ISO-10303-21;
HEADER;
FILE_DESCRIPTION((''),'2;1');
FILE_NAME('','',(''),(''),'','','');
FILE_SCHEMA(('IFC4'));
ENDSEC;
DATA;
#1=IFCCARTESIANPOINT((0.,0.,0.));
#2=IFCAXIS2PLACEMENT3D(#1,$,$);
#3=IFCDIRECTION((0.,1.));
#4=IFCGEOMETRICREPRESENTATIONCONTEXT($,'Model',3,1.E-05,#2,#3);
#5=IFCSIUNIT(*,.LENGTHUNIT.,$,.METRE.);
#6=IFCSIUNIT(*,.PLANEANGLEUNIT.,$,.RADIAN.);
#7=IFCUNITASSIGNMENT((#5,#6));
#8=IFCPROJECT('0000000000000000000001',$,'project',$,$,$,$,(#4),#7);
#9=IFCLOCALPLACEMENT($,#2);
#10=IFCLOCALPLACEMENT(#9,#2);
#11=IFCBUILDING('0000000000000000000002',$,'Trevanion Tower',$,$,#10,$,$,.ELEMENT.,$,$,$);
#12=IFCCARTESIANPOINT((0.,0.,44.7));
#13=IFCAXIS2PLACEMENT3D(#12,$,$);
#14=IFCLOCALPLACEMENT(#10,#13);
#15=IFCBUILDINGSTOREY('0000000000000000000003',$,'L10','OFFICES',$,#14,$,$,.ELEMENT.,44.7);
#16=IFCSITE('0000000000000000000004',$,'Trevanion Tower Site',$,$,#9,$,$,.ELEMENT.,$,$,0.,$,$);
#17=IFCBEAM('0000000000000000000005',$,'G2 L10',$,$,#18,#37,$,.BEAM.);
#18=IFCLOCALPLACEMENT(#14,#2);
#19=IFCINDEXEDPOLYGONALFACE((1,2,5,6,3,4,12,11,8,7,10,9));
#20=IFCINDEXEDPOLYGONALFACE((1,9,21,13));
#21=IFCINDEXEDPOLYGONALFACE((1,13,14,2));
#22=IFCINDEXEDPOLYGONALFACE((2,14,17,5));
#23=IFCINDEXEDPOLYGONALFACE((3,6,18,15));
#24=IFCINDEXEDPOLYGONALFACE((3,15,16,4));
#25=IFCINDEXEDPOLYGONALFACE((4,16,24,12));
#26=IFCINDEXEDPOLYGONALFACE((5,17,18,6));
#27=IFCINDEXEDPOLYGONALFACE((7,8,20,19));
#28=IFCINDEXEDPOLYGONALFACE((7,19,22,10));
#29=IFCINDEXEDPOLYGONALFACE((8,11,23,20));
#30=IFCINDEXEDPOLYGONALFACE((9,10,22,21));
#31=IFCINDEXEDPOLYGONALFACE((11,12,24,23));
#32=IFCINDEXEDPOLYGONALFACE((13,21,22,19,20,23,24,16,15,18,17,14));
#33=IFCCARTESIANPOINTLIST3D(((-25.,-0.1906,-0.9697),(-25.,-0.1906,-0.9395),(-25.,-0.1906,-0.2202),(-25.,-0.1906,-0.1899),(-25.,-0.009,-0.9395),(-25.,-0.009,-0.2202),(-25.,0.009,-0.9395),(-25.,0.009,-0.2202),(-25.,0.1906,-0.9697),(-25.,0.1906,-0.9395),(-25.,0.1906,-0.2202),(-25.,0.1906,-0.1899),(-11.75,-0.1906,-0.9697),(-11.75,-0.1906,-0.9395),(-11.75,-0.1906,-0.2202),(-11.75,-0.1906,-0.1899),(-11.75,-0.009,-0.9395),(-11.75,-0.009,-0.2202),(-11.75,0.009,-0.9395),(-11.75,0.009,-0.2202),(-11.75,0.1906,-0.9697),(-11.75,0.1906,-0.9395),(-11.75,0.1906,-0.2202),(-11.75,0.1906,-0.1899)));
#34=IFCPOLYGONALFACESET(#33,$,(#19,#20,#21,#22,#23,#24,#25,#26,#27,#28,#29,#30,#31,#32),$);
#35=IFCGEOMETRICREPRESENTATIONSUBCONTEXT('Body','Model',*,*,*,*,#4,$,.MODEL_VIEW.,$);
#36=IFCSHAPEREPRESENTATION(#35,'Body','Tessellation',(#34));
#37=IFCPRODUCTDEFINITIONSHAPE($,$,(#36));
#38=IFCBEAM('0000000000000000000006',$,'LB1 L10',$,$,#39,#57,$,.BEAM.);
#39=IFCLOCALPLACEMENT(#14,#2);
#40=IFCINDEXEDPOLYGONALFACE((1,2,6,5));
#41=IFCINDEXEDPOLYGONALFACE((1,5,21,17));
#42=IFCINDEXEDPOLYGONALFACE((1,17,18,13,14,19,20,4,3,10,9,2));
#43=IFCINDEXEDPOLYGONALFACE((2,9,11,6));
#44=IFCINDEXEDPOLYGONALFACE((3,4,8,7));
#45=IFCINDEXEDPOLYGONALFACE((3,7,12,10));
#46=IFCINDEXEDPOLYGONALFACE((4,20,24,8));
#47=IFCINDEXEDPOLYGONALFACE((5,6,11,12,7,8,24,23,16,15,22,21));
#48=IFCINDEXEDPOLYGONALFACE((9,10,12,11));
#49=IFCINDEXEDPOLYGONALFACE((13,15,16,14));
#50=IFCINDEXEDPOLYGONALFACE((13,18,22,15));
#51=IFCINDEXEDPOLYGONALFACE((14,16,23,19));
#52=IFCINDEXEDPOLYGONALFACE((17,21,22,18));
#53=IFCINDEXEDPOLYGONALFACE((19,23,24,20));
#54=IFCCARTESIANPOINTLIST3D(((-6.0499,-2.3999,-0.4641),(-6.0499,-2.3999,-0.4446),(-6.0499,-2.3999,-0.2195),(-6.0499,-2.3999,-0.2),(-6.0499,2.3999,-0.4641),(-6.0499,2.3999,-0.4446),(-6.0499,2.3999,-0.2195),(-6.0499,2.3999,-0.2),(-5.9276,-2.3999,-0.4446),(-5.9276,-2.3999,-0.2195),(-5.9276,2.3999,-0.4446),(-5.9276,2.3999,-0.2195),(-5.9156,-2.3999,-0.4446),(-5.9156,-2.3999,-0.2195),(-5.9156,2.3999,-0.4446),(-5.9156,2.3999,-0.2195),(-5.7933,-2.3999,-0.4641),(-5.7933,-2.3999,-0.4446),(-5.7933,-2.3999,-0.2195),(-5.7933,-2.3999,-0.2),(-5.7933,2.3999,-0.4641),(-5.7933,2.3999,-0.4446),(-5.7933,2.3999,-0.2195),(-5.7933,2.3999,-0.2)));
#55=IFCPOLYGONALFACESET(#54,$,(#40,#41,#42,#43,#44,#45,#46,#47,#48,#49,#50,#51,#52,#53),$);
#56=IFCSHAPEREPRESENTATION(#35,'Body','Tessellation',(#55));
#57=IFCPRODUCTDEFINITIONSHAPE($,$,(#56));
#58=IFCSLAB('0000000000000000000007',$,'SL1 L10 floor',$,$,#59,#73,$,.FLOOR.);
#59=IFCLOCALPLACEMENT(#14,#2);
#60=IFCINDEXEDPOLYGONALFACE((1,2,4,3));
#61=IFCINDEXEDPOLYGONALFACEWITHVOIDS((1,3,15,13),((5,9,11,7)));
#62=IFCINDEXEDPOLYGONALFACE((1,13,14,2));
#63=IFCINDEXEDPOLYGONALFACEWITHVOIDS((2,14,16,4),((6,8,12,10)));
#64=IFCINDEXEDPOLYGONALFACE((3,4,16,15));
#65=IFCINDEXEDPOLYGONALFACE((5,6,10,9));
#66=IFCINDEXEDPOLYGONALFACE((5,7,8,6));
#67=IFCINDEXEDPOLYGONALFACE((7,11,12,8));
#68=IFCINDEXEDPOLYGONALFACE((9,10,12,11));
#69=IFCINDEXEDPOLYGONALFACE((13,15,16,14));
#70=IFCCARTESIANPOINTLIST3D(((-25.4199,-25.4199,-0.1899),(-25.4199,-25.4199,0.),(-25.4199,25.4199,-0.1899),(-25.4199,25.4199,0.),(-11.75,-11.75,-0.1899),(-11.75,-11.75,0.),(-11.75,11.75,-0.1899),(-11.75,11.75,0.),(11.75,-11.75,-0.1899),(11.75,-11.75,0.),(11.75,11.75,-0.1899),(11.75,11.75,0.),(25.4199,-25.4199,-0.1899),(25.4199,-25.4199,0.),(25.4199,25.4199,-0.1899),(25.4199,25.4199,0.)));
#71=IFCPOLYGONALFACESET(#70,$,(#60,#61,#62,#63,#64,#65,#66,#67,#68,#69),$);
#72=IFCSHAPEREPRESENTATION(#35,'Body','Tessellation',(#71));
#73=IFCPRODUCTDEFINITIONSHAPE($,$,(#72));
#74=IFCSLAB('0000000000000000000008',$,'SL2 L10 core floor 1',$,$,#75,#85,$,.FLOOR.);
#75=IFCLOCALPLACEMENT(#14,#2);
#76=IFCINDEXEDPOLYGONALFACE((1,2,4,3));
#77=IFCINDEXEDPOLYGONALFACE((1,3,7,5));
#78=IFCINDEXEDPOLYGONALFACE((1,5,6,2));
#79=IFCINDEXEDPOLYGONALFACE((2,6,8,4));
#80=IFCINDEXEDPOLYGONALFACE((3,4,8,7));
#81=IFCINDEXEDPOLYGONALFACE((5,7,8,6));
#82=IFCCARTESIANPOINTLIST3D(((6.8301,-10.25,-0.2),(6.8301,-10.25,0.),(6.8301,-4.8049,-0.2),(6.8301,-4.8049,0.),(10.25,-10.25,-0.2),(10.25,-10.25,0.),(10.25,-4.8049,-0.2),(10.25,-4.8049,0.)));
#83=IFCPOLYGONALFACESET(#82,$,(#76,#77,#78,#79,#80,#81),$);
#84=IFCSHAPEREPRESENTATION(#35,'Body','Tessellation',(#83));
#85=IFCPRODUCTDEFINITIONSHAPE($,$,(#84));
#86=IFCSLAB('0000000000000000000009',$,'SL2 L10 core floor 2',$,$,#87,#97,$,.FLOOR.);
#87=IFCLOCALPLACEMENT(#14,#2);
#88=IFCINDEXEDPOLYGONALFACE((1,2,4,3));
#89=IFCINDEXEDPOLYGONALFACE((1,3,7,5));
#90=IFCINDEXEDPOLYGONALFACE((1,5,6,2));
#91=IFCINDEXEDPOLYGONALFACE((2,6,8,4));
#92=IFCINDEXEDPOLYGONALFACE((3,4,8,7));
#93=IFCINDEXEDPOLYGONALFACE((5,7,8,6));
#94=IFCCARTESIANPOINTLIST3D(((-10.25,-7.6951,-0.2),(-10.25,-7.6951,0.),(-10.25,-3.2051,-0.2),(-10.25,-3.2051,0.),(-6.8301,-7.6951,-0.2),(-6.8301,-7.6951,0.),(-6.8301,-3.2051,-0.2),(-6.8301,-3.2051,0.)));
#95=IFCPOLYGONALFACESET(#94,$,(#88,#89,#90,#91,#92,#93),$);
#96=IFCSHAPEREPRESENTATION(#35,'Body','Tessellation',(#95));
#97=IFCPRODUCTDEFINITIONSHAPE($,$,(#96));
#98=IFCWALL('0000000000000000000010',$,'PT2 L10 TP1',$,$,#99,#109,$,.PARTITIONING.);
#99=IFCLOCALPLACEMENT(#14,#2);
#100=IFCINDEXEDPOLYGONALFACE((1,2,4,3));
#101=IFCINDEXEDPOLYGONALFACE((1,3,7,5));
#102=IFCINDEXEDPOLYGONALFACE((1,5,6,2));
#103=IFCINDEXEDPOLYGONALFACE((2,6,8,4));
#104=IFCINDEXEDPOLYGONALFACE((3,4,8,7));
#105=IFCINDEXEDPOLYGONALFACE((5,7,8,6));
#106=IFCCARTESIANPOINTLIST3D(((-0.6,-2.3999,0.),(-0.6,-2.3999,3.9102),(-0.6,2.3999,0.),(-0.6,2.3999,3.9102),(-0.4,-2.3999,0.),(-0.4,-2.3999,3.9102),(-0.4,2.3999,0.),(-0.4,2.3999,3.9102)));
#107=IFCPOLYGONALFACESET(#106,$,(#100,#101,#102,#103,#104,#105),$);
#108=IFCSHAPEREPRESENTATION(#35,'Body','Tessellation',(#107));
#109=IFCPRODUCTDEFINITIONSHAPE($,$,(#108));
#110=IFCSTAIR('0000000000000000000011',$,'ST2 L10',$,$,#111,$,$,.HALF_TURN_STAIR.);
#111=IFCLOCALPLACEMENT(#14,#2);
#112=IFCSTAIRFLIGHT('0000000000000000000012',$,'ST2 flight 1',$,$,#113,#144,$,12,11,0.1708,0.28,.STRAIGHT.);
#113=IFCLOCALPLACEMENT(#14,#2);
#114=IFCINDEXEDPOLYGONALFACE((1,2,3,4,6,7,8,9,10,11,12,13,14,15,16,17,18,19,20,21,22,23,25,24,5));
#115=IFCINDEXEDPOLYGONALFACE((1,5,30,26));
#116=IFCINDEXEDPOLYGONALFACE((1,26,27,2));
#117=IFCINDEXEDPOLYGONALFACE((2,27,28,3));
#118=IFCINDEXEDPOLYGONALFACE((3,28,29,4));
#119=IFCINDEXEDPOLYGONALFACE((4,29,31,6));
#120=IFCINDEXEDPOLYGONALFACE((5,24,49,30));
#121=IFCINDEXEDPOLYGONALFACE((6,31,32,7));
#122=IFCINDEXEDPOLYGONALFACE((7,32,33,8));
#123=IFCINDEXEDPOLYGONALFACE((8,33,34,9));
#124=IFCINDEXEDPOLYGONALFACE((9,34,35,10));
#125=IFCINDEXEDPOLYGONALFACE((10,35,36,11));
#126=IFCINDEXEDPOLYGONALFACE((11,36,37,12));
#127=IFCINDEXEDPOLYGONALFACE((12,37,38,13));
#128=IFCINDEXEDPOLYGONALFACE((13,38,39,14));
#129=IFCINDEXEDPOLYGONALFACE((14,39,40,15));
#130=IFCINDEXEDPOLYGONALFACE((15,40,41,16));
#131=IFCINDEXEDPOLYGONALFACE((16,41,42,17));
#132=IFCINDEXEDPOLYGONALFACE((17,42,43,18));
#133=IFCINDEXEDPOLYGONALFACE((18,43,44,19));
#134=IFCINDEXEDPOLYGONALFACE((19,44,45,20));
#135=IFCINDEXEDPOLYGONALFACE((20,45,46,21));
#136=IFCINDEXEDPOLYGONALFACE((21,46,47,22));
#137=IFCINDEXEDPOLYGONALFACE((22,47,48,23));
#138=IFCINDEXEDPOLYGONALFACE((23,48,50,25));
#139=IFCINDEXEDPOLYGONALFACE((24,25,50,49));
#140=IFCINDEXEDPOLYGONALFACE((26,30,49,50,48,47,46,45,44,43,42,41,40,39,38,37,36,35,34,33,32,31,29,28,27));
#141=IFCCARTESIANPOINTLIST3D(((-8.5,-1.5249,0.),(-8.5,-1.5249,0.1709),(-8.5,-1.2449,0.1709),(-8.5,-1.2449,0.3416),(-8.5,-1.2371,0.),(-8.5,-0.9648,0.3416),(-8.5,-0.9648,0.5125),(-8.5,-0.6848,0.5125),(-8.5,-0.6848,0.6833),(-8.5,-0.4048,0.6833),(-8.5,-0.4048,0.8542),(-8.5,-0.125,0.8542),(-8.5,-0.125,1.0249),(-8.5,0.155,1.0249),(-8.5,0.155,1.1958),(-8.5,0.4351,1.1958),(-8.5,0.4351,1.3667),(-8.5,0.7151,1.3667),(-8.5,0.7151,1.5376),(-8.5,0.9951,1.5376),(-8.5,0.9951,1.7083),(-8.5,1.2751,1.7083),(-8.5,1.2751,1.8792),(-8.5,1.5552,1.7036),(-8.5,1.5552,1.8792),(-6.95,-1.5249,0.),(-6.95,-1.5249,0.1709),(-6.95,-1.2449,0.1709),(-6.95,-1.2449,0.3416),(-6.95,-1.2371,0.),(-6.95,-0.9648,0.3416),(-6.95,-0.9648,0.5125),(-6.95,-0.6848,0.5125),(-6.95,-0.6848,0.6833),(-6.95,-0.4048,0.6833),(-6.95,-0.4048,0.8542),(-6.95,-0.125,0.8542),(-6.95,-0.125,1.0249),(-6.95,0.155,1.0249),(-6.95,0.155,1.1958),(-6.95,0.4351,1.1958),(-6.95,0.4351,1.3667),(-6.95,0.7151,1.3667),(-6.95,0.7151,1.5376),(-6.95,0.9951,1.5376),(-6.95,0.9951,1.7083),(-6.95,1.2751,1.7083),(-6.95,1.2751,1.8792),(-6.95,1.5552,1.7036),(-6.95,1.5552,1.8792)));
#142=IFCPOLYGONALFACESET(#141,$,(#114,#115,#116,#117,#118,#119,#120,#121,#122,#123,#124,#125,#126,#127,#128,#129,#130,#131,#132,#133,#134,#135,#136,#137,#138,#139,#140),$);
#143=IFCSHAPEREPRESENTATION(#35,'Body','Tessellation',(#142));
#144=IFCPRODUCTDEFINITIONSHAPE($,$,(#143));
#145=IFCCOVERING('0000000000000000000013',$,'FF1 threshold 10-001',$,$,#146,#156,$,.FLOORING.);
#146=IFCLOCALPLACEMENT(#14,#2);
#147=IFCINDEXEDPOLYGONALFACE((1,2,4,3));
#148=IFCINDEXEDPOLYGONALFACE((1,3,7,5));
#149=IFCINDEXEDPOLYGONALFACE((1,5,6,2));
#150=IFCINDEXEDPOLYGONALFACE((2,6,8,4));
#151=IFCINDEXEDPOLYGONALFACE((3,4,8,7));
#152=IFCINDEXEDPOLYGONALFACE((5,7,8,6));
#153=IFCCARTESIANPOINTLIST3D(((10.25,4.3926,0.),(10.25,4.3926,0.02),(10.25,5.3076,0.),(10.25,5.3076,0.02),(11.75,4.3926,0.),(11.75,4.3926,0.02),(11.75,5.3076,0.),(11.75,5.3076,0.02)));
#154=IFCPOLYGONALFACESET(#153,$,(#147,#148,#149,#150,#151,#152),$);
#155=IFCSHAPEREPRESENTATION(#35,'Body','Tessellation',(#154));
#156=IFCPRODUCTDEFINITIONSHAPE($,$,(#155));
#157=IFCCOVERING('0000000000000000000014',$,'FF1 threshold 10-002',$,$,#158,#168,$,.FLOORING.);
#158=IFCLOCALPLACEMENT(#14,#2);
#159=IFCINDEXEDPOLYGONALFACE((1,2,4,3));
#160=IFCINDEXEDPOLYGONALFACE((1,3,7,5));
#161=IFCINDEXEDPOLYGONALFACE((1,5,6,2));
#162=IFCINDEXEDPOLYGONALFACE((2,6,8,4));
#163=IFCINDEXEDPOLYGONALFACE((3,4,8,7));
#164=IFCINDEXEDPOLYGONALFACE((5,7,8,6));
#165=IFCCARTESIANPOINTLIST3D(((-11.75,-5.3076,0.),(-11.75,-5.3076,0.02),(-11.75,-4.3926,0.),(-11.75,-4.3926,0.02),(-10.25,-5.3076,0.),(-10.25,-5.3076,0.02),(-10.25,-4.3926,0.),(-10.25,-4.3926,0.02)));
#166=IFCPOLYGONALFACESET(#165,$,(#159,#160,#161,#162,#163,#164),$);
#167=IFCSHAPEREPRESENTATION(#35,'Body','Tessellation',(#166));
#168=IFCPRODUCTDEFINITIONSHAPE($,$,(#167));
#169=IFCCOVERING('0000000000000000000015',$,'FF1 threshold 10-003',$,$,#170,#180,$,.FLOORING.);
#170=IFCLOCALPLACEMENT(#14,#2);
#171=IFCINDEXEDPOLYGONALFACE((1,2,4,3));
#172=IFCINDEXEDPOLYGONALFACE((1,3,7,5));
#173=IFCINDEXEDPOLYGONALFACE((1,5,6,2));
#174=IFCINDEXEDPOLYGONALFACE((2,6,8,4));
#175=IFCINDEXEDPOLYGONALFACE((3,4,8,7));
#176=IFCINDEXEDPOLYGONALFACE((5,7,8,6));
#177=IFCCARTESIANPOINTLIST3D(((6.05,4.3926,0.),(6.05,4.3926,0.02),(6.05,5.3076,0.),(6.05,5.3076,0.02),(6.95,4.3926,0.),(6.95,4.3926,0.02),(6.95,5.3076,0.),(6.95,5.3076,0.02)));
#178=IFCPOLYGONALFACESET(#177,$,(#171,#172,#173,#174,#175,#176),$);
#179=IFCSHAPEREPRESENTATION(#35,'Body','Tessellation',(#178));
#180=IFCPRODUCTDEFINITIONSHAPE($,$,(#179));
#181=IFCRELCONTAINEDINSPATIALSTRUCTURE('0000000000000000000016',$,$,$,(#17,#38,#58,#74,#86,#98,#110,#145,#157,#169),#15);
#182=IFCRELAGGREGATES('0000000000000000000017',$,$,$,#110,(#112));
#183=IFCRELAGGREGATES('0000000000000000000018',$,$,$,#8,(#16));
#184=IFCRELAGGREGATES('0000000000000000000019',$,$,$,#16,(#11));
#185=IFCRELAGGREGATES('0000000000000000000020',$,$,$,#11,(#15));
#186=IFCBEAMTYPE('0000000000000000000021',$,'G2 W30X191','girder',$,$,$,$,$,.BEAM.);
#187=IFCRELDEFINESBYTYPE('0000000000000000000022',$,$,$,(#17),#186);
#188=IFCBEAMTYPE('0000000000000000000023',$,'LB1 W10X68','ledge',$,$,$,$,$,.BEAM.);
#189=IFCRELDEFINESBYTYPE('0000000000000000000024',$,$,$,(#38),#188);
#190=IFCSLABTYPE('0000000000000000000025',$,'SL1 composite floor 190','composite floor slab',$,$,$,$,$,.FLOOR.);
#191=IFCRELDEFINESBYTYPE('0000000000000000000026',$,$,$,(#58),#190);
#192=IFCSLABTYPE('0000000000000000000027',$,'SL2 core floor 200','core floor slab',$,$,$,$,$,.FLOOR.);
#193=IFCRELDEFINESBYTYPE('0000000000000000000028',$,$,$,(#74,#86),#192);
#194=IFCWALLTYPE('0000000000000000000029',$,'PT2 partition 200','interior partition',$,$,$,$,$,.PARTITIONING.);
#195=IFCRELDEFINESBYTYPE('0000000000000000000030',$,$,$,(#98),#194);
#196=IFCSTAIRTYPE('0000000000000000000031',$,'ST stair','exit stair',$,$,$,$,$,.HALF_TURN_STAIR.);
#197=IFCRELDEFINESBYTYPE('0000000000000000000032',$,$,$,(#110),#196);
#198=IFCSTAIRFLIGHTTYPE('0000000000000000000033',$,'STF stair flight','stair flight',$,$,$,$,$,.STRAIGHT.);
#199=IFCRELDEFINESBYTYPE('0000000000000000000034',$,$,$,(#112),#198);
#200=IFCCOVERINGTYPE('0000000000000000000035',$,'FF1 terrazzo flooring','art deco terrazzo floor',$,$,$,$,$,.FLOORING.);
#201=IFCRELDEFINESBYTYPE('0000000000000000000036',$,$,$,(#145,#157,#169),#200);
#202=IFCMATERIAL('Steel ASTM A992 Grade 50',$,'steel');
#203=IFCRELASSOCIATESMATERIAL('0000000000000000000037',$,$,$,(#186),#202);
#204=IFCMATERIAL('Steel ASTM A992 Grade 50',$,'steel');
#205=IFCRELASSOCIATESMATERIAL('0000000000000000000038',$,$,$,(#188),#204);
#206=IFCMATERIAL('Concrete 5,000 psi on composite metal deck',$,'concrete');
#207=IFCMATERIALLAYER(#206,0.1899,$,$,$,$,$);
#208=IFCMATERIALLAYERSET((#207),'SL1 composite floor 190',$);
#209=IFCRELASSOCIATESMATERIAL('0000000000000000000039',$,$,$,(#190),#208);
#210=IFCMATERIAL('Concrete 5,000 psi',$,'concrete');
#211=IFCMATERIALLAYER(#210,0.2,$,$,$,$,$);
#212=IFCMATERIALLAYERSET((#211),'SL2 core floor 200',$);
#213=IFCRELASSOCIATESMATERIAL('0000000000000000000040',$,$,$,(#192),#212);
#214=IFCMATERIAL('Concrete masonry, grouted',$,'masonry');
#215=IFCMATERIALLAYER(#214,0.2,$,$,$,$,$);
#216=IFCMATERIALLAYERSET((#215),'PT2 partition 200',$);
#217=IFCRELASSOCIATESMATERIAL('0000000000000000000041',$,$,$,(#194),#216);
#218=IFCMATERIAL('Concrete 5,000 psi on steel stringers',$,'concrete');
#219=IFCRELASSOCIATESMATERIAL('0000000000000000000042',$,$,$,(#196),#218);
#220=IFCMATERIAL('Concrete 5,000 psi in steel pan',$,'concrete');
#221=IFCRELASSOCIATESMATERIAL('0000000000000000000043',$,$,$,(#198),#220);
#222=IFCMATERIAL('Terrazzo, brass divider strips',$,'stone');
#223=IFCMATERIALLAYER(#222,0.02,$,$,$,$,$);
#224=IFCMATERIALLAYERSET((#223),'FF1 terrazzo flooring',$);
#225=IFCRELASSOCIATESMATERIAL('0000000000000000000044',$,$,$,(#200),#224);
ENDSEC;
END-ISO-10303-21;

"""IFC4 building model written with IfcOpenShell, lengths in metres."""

from ifc_helpers import new_model, si_unit, direction, frame, frame_2d, origin, origin_2d, place, context, subcontext, project, spatial, polyline, rectangle, i_section, outline, extrude, material, layer, layer_set, material_profile, profile_set, type_object, element, aggregate, save


model = new_model("IFC4")

# Units and contexts
model_context = context("Model", 3, precision=1e-05, world=origin(), true_north=direction((0.0, 1.0)))
body_context = subcontext(model_context, "Body", "Model", "MODEL_VIEW")
ifc_project = project(units=[si_unit("LENGTHUNIT", "METRE"), si_unit("PLANEANGLEUNIT", "RADIAN")], contexts=[model_context])

# Site, building, storey
site_placement = place(None, origin())
site = spatial("IfcSite", under=ifc_project, at=site_placement, Name="Trevanion Tower Site", CompositionType="ELEMENT", RefElevation=0.0)
building_placement = place(site_placement, origin())
building = spatial("IfcBuilding", under=site, at=building_placement, Name="Trevanion Tower", CompositionType="ELEMENT")
storey_placement = place(building_placement, frame((0.0, 0.0, 44.7)))
storey = spatial("IfcBuildingStorey", under=building, at=storey_placement, Name="L10", Description="OFFICES", CompositionType="ELEMENT", Elevation=44.7)

# Beams
ifc_material_1 = material(Name="Steel ASTM A992 Grade 50", Category="steel")
ifc_material_profile_1 = material_profile(ifc_material_1, i_section(OverallWidth=0.3811, OverallDepth=0.7798, WebThickness=0.0181, FlangeThickness=0.0303, at=origin_2d()), Name="W30X191")
ifc_profile_set_1 = profile_set([ifc_material_profile_1], Name="Steel ASTM A992 Grade 50")
beam_type_1 = type_object("IfcBeamType", Name="G2 W30X191", Description="girder", PredefinedType="BEAM", material=ifc_profile_set_1)
beam_1_placement = place(storey_placement, frame((-11.75, 0.0, -0.5798), z_axis=(-1.0, 0.0, 0.0), x_axis=(0.0, -1.0, 0.0)))
element("IfcBeam", 1, at=beam_1_placement, inside=storey, type_object=beam_type_1, Name="G2 L10", PredefinedType="BEAM", context=body_context, shape_type="SweptSolid", body=[
    extrude(i_section(OverallWidth=0.3811, OverallDepth=0.7798, WebThickness=0.0181, FlangeThickness=0.0303, at=origin_2d()), origin(), (0.0, 0.0, 1.0), 13.25),
])
ifc_material_2 = material(Name="Steel ASTM A992 Grade 50", Category="steel")
ifc_material_profile_2 = material_profile(ifc_material_2, i_section(OverallWidth=0.2566, OverallDepth=0.2642, WebThickness=0.012, FlangeThickness=0.0195, at=origin_2d()), Name="W10X68")
ifc_profile_set_2 = profile_set([ifc_material_profile_2], Name="Steel ASTM A992 Grade 50")
beam_type_2 = type_object("IfcBeamType", Name="LB1 W10X68", Description="ledge", PredefinedType="BEAM", material=ifc_profile_set_2)
beam_2_placement = place(storey_placement, frame((-5.9216, -2.3999, -0.332), z_axis=(0.0, 1.0, 0.0), x_axis=(-1.0, 0.0, 0.0)))
element("IfcBeam", 2, at=beam_2_placement, inside=storey, type_object=beam_type_2, Name="LB1 L10", PredefinedType="BEAM", context=body_context, shape_type="SweptSolid", body=[
    extrude(i_section(OverallWidth=0.2566, OverallDepth=0.2642, WebThickness=0.012, FlangeThickness=0.0195, at=origin_2d()), origin(), (0.0, 0.0, 1.0), 4.7998),
])

# Slabs
ifc_material_3 = material(Name="Concrete 5,000 psi on composite metal deck", Category="concrete")
ifc_layer_1 = layer(ifc_material_3, 0.1899)
ifc_layer_set_1 = layer_set([ifc_layer_1], Name="SL1 composite floor 190")
slab_type_1 = type_object("IfcSlabType", Name="SL1 composite floor 190", Description="composite floor slab", PredefinedType="FLOOR", material=ifc_layer_set_1)
slab_1_placement = place(storey_placement, frame((0.0, 0.0, -0.1899)))
element("IfcSlab", 3, at=slab_1_placement, inside=storey, type_object=slab_type_1, Name="SL1 L10 floor", PredefinedType="FLOOR", context=body_context, shape_type="SweptSolid", body=[
    extrude(outline(polyline([(25.4199, -25.4199), (25.4199, 25.4199), (-25.4199, 25.4199), (-25.4199, -25.4199), (25.4199, -25.4199)]), holes=[polyline([(11.75, -11.75), (11.75, 11.75), (-11.75, 11.75), (-11.75, -11.75), (11.75, -11.75)])]), origin(), (0.0, 0.0, 1.0), 0.1899),
])
ifc_material_4 = material(Name="Concrete 5,000 psi", Category="concrete")
ifc_layer_2 = layer(ifc_material_4, 0.2)
ifc_layer_set_2 = layer_set([ifc_layer_2], Name="SL2 core floor 200")
slab_type_2 = type_object("IfcSlabType", Name="SL2 core floor 200", Description="core floor slab", PredefinedType="FLOOR", material=ifc_layer_set_2)
slab_2_placement = place(storey_placement, frame((0.0, 0.0, -0.2)))
element("IfcSlab", 4, at=slab_2_placement, inside=storey, type_object=slab_type_2, Name="SL2 L10 core floor 1", PredefinedType="FLOOR", context=body_context, shape_type="SweptSolid", body=[
    extrude(outline(polyline([(10.25, -4.8049), (10.25, -10.25), (6.8301, -10.25), (6.8301, -4.8049), (10.25, -4.8049)])), origin(), (0.0, 0.0, 1.0), 0.2),
])
slab_3_placement = place(storey_placement, frame((0.0, 0.0, -0.2)))
element("IfcSlab", 5, at=slab_3_placement, inside=storey, type_object=slab_type_2, Name="SL2 L10 core floor 2", PredefinedType="FLOOR", context=body_context, shape_type="SweptSolid", body=[
    extrude(outline(polyline([(-6.8301, -3.2051), (-6.8301, -7.6951), (-10.25, -7.6951), (-10.25, -3.2051), (-6.8301, -3.2051)])), origin(), (0.0, 0.0, 1.0), 0.2),
])

# Wall
ifc_material_5 = material(Name="Concrete masonry, grouted", Category="masonry")
ifc_layer_3 = layer(ifc_material_5, 0.2)
ifc_layer_set_3 = layer_set([ifc_layer_3], Name="PT2 partition 200")
wall_type = type_object("IfcWallType", Name="PT2 partition 200", Description="interior partition", PredefinedType="PARTITIONING", material=ifc_layer_set_3)
wall_placement = place(storey_placement, frame((-0.5, -2.3999, 0.0), z_axis=(0.0, 0.0, 1.0), x_axis=(0.0, 1.0, 0.0)))
element("IfcWall", 6, at=wall_placement, inside=storey, type_object=wall_type, Name="PT2 L10 TP1", PredefinedType="PARTITIONING", context=body_context, shape_type="SweptSolid", body=[
    extrude(rectangle(XDim=4.7998, YDim=0.2, at=frame_2d((2.3999, 0.0))), origin(), (0.0, 0.0, 1.0), 3.9102),
])

# Stair, stair flight
ifc_material_6 = material(Name="Concrete 5,000 psi on steel stringers", Category="concrete")
stair_type = type_object("IfcStairType", Name="ST stair", Description="exit stair", PredefinedType="HALF_TURN_STAIR", material=ifc_material_6)
stair_placement = place(storey_placement, origin())
stair = element("IfcStair", 7, at=stair_placement, inside=storey, type_object=stair_type, Name="ST2 L10", PredefinedType="HALF_TURN_STAIR")
ifc_material_7 = material(Name="Concrete 5,000 psi in steel pan", Category="concrete")
stair_flight_type = type_object("IfcStairFlightType", Name="STF stair flight", Description="stair flight", PredefinedType="STRAIGHT", material=ifc_material_7)
stair_flight_placement = place(storey_placement, frame((-7.7251, -1.5249, 0.0), z_axis=(0.0, 0.0, 1.0), x_axis=(0.0, 1.0, 0.0)))
stair_flight = element("IfcStairFlight", 8, at=stair_flight_placement, type_object=stair_flight_type, Name="ST2 flight 1", NumberOfRisers=12, NumberOfTreads=11, PredefinedType="STRAIGHT", RiserHeight=0.1708, TreadLength=0.28, context=body_context, shape_type="SweptSolid", body=[
    extrude(outline(polyline([(0.0, 0.0), (0.0, 0.1709), (0.28, 0.1709), (0.28, 0.3416), (0.5601, 0.3416), (0.5601, 0.5125), (0.8401, 0.5125), (0.8401, 0.6833), (1.1201, 0.6833), (1.1201, 0.8542), (1.3999, 0.8542), (1.3999, 1.0249), (1.6799, 1.0249), (1.6799, 1.1958), (1.96, 1.1958), (1.96, 1.3667), (2.24, 1.3667), (2.24, 1.5376), (2.52, 1.5376), (2.52, 1.7083), (2.8, 1.7083), (2.8, 1.8792), (3.0801, 1.8792), (3.0801, 2.05), (3.0801, 1.7036), (0.2878, 0.0), (0.0, 0.0)])), frame((0.0, 0.7749, 0.0), z_axis=(0.0, -1.0, 0.0), x_axis=(1.0, 0.0, 0.0)), (0.0, 0.0, 1.0), 1.55),
])
aggregate(stair, [stair_flight])

# Coverings
ifc_material_8 = material(Name="Terrazzo, brass divider strips", Category="stone")
ifc_layer_4 = layer(ifc_material_8, 0.02)
ifc_layer_set_4 = layer_set([ifc_layer_4], Name="FF1 terrazzo flooring")
covering_type = type_object("IfcCoveringType", Name="FF1 terrazzo flooring", Description="art deco terrazzo floor", PredefinedType="FLOORING", material=ifc_layer_set_4)
covering_1_placement = place(storey_placement, origin())
element("IfcCovering", 9, at=covering_1_placement, inside=storey, type_object=covering_type, Name="FF1 threshold 10-001", PredefinedType="FLOORING", context=body_context, shape_type="SweptSolid", body=[
    extrude(outline(polyline([(11.75, 4.3926), (11.75, 5.3076), (10.25, 5.3076), (10.25, 4.3926), (11.75, 4.3926)])), origin(), (0.0, 0.0, 1.0), 0.02),
])
covering_2_placement = place(storey_placement, origin())
element("IfcCovering", 10, at=covering_2_placement, inside=storey, type_object=covering_type, Name="FF1 threshold 10-002", PredefinedType="FLOORING", context=body_context, shape_type="SweptSolid", body=[
    extrude(outline(polyline([(-11.75, -4.3926), (-11.75, -5.3076), (-10.25, -5.3076), (-10.25, -4.3926), (-11.75, -4.3926)])), origin(), (0.0, 0.0, 1.0), 0.02),
])
covering_3_placement = place(storey_placement, origin())
element("IfcCovering", 11, at=covering_3_placement, inside=storey, type_object=covering_type, Name="FF1 threshold 10-003", PredefinedType="FLOORING", context=body_context, shape_type="SweptSolid", body=[
    extrude(outline(polyline([(6.95, 4.3926), (6.95, 5.3076), (6.05, 5.3076), (6.05, 4.3926), (6.95, 4.3926)])), origin(), (0.0, 0.0, 1.0), 0.02),
])

save(model, "model.ifc")
